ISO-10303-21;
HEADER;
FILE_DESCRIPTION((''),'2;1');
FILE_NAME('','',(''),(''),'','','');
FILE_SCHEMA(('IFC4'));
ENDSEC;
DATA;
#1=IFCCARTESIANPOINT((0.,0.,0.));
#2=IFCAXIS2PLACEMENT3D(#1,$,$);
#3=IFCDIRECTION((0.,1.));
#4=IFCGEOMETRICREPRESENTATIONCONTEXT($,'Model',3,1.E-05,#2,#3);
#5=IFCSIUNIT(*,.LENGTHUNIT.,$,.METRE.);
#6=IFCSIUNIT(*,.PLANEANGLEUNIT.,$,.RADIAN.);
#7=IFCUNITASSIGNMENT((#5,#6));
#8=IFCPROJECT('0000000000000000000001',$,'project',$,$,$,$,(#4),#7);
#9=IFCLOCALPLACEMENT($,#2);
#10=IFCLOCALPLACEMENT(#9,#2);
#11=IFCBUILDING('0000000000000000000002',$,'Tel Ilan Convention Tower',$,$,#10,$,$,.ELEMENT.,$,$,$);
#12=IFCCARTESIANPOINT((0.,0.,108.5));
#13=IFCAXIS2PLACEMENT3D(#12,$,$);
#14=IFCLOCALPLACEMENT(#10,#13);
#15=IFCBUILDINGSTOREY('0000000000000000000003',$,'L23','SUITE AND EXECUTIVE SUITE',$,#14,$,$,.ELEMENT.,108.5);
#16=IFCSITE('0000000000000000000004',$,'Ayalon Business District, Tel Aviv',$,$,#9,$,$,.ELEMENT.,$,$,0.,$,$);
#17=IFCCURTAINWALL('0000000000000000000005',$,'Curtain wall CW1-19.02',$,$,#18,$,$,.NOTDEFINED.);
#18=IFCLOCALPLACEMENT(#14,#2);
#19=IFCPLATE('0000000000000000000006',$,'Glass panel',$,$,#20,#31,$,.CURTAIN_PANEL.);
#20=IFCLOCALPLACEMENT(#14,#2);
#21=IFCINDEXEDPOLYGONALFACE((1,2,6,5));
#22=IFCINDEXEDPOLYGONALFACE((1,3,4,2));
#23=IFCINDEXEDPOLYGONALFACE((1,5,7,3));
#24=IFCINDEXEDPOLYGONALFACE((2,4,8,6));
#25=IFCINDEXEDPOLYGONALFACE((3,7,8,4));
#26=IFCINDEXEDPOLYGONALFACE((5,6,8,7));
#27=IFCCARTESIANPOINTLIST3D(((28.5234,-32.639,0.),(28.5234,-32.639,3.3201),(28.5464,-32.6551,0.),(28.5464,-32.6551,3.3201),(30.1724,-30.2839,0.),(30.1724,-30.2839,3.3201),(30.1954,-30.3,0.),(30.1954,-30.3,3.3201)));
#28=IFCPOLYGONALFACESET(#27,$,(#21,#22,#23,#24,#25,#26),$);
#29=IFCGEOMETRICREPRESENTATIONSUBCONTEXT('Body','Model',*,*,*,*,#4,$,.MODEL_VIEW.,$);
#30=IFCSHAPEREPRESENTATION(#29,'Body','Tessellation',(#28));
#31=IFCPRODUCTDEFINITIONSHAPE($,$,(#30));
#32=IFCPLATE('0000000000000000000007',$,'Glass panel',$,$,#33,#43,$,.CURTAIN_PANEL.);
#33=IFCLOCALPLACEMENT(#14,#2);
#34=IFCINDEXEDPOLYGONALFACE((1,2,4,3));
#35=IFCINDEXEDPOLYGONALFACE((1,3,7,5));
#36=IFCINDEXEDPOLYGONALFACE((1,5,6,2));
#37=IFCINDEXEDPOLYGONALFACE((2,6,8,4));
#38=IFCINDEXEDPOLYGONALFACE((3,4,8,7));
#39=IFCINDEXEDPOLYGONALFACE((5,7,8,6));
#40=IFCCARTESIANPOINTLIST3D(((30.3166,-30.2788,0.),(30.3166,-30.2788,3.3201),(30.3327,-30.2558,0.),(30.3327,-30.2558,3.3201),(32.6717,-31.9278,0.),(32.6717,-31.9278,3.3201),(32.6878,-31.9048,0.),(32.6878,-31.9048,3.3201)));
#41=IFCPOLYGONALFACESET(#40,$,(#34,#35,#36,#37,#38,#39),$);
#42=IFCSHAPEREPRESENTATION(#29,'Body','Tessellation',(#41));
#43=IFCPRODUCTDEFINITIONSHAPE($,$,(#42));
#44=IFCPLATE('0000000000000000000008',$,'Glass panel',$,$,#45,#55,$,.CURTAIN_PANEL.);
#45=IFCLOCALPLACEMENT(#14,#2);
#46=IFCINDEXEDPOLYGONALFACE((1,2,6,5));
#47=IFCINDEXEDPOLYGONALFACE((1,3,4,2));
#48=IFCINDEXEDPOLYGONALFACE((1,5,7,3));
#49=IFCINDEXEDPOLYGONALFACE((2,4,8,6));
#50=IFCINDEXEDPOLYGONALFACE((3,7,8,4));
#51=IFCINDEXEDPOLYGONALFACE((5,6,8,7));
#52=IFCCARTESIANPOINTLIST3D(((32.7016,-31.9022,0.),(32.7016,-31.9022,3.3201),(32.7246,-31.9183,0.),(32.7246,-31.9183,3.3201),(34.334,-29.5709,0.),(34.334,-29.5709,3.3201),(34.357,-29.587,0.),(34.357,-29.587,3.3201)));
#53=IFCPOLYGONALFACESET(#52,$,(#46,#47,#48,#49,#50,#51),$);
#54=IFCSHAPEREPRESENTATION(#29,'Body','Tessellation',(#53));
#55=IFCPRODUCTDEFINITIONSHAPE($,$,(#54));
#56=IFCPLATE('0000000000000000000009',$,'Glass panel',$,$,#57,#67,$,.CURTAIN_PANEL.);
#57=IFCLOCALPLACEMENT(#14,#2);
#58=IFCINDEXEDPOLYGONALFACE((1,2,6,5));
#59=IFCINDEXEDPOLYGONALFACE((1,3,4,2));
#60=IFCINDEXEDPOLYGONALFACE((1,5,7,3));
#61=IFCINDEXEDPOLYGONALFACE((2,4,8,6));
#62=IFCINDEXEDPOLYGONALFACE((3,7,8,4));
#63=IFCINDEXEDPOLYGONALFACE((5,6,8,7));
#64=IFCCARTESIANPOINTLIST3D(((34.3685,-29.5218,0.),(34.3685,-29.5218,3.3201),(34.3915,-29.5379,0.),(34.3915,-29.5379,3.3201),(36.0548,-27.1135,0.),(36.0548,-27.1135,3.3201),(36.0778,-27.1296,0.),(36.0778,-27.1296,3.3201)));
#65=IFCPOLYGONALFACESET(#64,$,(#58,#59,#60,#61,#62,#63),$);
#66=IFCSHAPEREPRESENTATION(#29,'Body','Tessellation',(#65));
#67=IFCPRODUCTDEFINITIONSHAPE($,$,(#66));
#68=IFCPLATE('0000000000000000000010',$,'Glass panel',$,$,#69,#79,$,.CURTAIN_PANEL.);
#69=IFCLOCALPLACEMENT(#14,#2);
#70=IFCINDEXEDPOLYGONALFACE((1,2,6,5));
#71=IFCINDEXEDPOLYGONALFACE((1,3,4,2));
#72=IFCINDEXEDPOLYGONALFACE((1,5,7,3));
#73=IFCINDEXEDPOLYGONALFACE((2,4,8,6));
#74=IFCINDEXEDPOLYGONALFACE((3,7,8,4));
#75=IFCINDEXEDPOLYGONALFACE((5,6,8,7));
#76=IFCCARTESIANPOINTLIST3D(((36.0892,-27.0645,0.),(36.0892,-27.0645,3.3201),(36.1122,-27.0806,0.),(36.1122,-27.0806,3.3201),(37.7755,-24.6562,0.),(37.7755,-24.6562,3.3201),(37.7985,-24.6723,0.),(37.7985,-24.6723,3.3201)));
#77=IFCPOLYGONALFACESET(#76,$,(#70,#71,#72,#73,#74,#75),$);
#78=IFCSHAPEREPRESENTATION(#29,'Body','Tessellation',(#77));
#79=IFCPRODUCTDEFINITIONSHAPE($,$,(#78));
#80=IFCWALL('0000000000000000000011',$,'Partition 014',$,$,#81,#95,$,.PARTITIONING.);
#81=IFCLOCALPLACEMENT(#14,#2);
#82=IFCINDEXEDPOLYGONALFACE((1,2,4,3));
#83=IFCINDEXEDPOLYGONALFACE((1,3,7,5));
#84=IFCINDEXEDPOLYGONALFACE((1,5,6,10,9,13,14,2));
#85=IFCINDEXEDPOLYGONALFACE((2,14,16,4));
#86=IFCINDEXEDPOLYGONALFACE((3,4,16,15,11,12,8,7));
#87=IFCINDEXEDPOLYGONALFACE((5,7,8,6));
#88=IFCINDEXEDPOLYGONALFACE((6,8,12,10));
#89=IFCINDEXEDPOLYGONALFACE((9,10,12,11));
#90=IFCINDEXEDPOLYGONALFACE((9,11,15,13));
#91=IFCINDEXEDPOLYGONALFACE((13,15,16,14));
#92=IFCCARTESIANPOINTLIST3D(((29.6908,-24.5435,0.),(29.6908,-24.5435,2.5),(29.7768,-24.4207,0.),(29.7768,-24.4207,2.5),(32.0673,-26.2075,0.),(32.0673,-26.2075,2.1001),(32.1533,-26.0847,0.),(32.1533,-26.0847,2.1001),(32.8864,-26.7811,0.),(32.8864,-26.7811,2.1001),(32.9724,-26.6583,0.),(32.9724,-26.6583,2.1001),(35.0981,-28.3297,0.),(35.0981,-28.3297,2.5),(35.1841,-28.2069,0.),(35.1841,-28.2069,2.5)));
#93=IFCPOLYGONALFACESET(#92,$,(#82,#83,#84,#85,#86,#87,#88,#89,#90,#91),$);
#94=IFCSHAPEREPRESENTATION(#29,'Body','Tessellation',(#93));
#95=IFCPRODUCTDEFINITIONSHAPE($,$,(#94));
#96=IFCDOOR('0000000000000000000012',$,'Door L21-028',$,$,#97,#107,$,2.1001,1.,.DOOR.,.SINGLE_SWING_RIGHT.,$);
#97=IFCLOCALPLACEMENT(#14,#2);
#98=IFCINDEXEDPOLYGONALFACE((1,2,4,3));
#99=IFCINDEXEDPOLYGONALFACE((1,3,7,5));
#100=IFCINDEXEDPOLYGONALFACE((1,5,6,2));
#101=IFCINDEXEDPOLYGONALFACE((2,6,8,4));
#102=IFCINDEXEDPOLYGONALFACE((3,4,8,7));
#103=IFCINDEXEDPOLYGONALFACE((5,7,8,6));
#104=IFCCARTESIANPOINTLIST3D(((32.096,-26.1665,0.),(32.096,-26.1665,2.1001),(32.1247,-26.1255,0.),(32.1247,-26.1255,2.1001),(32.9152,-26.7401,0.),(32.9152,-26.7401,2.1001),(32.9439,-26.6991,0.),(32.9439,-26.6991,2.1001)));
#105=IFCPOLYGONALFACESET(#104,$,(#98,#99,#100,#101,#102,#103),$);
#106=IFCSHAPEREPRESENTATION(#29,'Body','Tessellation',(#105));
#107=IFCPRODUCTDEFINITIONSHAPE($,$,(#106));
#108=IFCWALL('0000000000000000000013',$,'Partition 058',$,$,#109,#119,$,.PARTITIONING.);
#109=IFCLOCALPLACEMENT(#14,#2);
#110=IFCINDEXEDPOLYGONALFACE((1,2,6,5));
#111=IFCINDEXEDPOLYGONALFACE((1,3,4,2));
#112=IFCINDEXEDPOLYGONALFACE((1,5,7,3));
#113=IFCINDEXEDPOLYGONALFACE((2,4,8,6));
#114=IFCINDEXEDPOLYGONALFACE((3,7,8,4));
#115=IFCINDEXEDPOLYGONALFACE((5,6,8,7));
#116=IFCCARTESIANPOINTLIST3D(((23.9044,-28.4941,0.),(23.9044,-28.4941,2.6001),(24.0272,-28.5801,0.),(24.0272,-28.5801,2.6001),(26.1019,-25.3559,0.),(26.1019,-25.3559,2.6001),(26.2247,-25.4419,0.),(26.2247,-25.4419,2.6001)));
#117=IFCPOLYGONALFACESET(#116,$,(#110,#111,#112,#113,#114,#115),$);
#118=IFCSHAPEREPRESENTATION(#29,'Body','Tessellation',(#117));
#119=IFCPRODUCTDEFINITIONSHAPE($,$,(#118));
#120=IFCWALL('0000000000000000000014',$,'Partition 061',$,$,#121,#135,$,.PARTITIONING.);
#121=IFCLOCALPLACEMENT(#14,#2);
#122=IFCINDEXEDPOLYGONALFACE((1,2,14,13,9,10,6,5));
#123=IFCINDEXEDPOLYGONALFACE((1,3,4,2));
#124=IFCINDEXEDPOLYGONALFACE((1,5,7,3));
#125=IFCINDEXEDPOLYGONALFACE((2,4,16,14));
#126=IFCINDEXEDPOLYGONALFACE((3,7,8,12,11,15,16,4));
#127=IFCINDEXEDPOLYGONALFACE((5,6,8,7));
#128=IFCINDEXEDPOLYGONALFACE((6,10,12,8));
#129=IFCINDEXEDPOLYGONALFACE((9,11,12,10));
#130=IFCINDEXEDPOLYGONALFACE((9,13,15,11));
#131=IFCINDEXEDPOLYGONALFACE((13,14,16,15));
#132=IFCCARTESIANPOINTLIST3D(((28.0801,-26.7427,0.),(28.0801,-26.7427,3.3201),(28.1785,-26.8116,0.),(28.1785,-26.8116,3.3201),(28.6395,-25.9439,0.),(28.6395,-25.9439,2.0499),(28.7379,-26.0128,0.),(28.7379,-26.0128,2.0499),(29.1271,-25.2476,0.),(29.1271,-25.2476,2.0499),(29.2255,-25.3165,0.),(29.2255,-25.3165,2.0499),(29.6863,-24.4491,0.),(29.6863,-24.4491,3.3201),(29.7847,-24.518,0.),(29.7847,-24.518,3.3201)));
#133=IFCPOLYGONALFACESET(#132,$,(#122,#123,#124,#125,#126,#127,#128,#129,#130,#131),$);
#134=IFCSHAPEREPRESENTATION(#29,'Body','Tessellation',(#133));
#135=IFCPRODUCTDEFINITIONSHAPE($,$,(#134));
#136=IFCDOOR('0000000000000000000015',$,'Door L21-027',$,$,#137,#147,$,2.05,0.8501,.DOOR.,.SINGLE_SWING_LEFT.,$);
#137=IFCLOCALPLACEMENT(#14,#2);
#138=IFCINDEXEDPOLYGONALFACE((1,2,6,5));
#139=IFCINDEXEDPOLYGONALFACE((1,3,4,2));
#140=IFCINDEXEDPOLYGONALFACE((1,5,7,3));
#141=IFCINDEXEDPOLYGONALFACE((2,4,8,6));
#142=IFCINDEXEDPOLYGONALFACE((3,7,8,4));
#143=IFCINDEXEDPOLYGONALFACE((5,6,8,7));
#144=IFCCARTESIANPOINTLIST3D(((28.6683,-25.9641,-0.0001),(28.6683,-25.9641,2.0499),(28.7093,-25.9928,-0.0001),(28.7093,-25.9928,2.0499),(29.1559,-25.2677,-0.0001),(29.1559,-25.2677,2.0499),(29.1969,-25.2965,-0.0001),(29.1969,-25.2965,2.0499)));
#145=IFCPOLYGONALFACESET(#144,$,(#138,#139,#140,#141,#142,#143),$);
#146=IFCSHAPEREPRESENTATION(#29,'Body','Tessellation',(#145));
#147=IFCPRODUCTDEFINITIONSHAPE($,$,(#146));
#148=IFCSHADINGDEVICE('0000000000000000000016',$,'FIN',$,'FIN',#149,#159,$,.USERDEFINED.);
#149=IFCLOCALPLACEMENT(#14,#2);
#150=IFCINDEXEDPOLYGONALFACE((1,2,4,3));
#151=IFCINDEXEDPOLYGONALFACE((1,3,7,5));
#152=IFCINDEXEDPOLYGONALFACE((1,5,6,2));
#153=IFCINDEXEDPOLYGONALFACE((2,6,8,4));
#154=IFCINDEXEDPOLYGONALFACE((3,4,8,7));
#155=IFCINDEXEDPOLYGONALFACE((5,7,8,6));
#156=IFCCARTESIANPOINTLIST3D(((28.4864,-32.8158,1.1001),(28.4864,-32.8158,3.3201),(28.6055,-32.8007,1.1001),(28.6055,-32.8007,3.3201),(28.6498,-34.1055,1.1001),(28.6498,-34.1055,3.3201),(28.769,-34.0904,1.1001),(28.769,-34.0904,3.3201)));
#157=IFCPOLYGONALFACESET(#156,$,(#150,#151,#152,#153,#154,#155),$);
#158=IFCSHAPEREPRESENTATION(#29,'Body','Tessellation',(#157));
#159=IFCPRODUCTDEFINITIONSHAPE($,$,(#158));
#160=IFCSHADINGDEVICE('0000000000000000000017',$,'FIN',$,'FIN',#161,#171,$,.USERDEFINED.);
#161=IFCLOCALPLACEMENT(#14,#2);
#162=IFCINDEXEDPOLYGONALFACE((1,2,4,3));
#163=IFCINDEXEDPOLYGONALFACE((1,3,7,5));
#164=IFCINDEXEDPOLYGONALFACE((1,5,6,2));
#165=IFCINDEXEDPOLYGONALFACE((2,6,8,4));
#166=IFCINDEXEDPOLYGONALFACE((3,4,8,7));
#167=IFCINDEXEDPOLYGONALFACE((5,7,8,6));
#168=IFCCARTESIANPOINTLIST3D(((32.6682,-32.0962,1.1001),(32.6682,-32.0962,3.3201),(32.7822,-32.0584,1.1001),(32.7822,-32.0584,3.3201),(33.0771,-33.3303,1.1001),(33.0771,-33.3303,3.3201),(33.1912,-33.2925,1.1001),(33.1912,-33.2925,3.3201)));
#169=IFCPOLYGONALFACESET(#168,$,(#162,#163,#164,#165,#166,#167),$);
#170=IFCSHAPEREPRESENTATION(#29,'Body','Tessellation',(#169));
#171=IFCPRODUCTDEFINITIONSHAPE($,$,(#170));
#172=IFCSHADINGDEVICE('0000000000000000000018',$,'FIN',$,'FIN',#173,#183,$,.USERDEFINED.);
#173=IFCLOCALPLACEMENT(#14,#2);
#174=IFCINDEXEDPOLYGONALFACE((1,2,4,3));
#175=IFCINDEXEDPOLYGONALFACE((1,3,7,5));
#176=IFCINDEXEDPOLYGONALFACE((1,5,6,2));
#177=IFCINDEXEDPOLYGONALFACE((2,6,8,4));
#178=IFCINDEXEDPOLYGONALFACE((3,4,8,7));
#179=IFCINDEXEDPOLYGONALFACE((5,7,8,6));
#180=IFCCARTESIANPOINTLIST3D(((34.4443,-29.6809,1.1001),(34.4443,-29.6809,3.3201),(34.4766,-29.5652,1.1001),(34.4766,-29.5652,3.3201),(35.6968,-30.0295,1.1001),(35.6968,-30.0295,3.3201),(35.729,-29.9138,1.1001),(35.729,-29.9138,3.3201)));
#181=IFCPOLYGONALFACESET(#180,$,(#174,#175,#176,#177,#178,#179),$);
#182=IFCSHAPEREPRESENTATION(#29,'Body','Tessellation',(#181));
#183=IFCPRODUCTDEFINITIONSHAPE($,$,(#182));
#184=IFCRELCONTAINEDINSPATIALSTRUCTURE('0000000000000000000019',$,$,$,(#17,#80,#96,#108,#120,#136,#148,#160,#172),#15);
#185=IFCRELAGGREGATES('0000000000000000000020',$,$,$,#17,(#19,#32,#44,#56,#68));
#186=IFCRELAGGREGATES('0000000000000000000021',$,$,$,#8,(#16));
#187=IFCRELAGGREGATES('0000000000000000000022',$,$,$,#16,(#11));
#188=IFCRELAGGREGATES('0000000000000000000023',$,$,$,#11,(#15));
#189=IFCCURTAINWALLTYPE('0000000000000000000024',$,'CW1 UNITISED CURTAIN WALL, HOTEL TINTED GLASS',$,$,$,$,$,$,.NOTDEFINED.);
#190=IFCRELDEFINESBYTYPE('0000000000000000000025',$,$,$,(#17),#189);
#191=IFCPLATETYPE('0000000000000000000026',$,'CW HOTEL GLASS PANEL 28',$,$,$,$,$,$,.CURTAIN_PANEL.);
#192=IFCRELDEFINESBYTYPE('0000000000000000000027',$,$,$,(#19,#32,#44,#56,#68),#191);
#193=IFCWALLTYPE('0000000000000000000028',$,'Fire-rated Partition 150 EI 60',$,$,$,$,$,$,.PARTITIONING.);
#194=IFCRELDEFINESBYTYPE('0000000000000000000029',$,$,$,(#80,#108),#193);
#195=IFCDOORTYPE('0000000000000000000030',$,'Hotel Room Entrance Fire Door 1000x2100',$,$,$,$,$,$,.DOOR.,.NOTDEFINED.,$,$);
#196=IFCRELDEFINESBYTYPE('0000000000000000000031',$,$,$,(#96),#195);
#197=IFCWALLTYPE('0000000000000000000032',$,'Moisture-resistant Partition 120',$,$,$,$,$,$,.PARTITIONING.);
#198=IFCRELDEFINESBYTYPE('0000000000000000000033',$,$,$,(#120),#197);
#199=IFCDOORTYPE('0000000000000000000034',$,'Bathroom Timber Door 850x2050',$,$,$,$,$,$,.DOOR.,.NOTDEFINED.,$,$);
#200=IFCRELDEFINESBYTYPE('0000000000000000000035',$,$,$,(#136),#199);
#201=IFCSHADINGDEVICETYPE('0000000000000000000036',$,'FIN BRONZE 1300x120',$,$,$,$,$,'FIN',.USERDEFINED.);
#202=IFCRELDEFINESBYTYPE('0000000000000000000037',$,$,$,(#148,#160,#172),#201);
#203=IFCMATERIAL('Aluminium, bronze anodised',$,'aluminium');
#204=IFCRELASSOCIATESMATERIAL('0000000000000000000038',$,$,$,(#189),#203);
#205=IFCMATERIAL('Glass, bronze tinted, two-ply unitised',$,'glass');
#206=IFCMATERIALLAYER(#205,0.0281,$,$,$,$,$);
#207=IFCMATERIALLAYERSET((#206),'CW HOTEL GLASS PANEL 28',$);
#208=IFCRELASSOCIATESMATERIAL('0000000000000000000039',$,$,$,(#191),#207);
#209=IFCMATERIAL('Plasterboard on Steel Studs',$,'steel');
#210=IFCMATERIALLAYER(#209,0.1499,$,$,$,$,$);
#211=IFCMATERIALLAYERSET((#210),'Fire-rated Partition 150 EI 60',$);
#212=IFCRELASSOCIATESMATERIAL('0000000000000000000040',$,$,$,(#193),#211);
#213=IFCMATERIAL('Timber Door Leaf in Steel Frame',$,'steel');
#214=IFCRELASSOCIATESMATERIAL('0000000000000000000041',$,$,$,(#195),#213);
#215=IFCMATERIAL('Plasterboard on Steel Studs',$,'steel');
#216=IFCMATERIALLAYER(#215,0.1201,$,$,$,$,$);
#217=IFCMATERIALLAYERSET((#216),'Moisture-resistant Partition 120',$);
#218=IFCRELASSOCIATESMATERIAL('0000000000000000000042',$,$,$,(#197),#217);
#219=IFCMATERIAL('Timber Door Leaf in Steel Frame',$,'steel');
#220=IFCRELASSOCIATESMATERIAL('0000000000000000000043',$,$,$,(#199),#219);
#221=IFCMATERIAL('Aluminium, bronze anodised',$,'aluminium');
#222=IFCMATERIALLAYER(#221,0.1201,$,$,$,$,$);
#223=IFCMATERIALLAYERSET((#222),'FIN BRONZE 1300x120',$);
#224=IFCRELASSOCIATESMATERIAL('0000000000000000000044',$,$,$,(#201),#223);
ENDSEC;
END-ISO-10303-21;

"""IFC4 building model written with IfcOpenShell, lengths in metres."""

from ifc_helpers import new_model, si_unit, direction, frame, frame_2d, origin, origin_2d, place, context, subcontext, project, spatial, rectangle, extrude, material, layer, layer_set, type_object, element, fill, aggregate, save


model = new_model("IFC4")

# Units and contexts
model_context = context("Model", 3, precision=1e-05, world=origin(), true_north=direction((0.0, 1.0)))
body_context = subcontext(model_context, "Body", "Model", "MODEL_VIEW")
ifc_project = project(units=[si_unit("LENGTHUNIT", "METRE"), si_unit("PLANEANGLEUNIT", "RADIAN")], contexts=[model_context])

# Site, building, storey
site_placement = place(None, origin())
site = spatial("IfcSite", under=ifc_project, at=site_placement, Name="Ayalon Business District, Tel Aviv", CompositionType="ELEMENT", RefElevation=0.0)
building_placement = place(site_placement, origin())
building = spatial("IfcBuilding", under=site, at=building_placement, Name="Tel Ilan Convention Tower", CompositionType="ELEMENT")
storey_placement = place(building_placement, frame((0.0, 0.0, 108.5)))
storey = spatial("IfcBuildingStorey", under=building, at=storey_placement, Name="L23", Description="SUITE AND EXECUTIVE SUITE", CompositionType="ELEMENT", Elevation=108.5)

# Curtain wall, plates
ifc_material_1 = material(Name="Aluminium, bronze anodised", Category="aluminium")
curtain_wall_type = type_object("IfcCurtainWallType", Name="CW1 UNITISED CURTAIN WALL, HOTEL TINTED GLASS", PredefinedType="NOTDEFINED", material=ifc_material_1)
curtain_wall_placement = place(storey_placement, origin())
curtain_wall = element("IfcCurtainWall", 1, at=curtain_wall_placement, inside=storey, type_object=curtain_wall_type, Name="Curtain wall CW1-19.02", PredefinedType="NOTDEFINED")
ifc_material_2 = material(Name="Glass, bronze tinted, two-ply unitised", Category="glass")
ifc_layer_1 = layer(ifc_material_2, 0.0281)
ifc_layer_set_1 = layer_set([ifc_layer_1], Name="CW HOTEL GLASS PANEL 28")
plate_type = type_object("IfcPlateType", Name="CW HOTEL GLASS PANEL 28", PredefinedType="CURTAIN_PANEL", material=ifc_layer_set_1)
plate_1_placement = place(storey_placement, frame((29.3594, -31.4695, 0.0), z_axis=(0.0, 0.0, 1.0), x_axis=(0.573576, 0.819152, 0.0)))
plate_1 = element("IfcPlate", 2, at=plate_1_placement, type_object=plate_type, Name="Glass panel", PredefinedType="CURTAIN_PANEL", context=body_context, shape_type="SweptSolid", body=[
    extrude(rectangle(XDim=2.875, YDim=0.0281, at=origin_2d()), origin(), (0.0, 0.0, 1.0), 3.3201),
])
plate_2_placement = place(storey_placement, frame((31.5022, -31.0918, 0.0), z_axis=(0.0, 0.0, 1.0), x_axis=(0.819152, -0.573576, 0.0)))
plate_2 = element("IfcPlate", 3, at=plate_2_placement, type_object=plate_type, Name="Glass panel", PredefinedType="CURTAIN_PANEL", context=body_context, shape_type="SweptSolid", body=[
    extrude(rectangle(XDim=2.875, YDim=0.0281, at=origin_2d()), origin(), (0.0, 0.0, 1.0), 3.3201),
])
plate_3_placement = place(storey_placement, frame((33.5293, -30.7446, 0.0), z_axis=(0.0, 0.0, 1.0), x_axis=(0.573576, 0.819152, 0.0)))
plate_3 = element("IfcPlate", 4, at=plate_3_placement, type_object=plate_type, Name="Glass panel", PredefinedType="CURTAIN_PANEL", context=body_context, shape_type="SweptSolid", body=[
    extrude(rectangle(XDim=2.8459, YDim=0.0281, at=origin_2d()), origin(), (0.0, 0.0, 1.0), 3.3201),
])
plate_4_placement = place(storey_placement, frame((35.2231, -28.3257, 0.0), z_axis=(0.0, 0.0, 1.0), x_axis=(0.573576, 0.819152, 0.0)))
plate_4 = element("IfcPlate", 5, at=plate_4_placement, type_object=plate_type, Name="Glass panel", PredefinedType="CURTAIN_PANEL", context=body_context, shape_type="SweptSolid", body=[
    extrude(rectangle(XDim=2.9399, YDim=0.0281, at=origin_2d()), origin(), (0.0, 0.0, 1.0), 3.3201),
])
plate_5_placement = place(storey_placement, frame((36.9438, -25.8684, 0.0), z_axis=(0.0, 0.0, 1.0), x_axis=(0.573576, 0.819152, 0.0)))
plate_5 = element("IfcPlate", 6, at=plate_5_placement, type_object=plate_type, Name="Glass panel", PredefinedType="CURTAIN_PANEL", context=body_context, shape_type="SweptSolid", body=[
    extrude(rectangle(XDim=2.9399, YDim=0.0281, at=origin_2d()), origin(), (0.0, 0.0, 1.0), 3.3201),
])
aggregate(curtain_wall, [plate_1, plate_2, plate_3, plate_4, plate_5])

# Wall, opening, door
ifc_material_3 = material(Name="Plasterboard on Steel Studs", Category="steel")
ifc_layer_2 = layer(ifc_material_3, 0.1499)
ifc_layer_set_2 = layer_set([ifc_layer_2], Name="Fire-rated Partition 150 EI 60")
wall_type_1 = type_object("IfcWallType", Name="Fire-rated Partition 150 EI 60", PredefinedType="PARTITIONING", material=ifc_layer_set_2)
wall_1_placement = place(storey_placement, frame((35.1411, -28.2683, 0.0), z_axis=(0.0, 0.0, 1.0), x_axis=(-0.819155, 0.573572, 0.0)))
wall_1 = element("IfcWall", 7, at=wall_1_placement, inside=storey, type_object=wall_type_1, Name="Partition 014", PredefinedType="PARTITIONING", context=body_context, shape_type="SweptSolid", body=[
    extrude(rectangle(XDim=6.6011, YDim=0.1499, at=frame_2d((3.3005, 0.0))), origin(), (0.0, 0.0, 1.0), 2.5),
])
opening_1_placement = place(wall_1_placement, frame((2.7, 0.0, 0.0)))
opening_1 = element("IfcOpeningElement", 8, at=opening_1_placement, cuts=wall_1, PredefinedType="OPENING", context=body_context, shape_type="SweptSolid", body=[
    extrude(rectangle(XDim=1.0, YDim=2.1001, at=frame_2d((0.5, 1.05))), frame((0.0, 0.085, 0.0), z_axis=(0.0, -1.0, 0.0), x_axis=(1.0, 0.0, 0.0)), (0.0, 0.0, 1.0), 0.1699),
])
ifc_material_4 = material(Name="Timber Door Leaf in Steel Frame", Category="steel")
door_type_1 = type_object("IfcDoorType", Name="Hotel Room Entrance Fire Door 1000x2100", OperationType="NOTDEFINED", PredefinedType="DOOR", material=ifc_material_4)
door_1_placement = place(opening_1_placement, origin())
door_1 = element("IfcDoor", 9, at=door_1_placement, inside=storey, type_object=door_type_1, Name="Door L21-028", OperationType="SINGLE_SWING_RIGHT", OverallHeight=2.1001, OverallWidth=1.0, PredefinedType="DOOR", context=body_context, shape_type="SweptSolid", body=[
    extrude(rectangle(XDim=1.0, YDim=2.1001, at=frame_2d((0.5, 1.05))), frame((0.0, 0.0249, 0.0), z_axis=(0.0, -1.0, 0.0), x_axis=(1.0, 0.0, 0.0)), (0.0, 0.0, 1.0), 0.05),
])
fill(opening_1, door_1)

# Wall
wall_2_placement = place(storey_placement, frame((26.1633, -25.3989, 0.0), z_axis=(0.0, 0.0, 1.0), x_axis=(-0.573599, -0.819136, 0.0)))
element("IfcWall", 10, at=wall_2_placement, inside=storey, type_object=wall_type_1, Name="Partition 058", PredefinedType="PARTITIONING", context=body_context, shape_type="SweptSolid", body=[
    extrude(rectangle(XDim=3.8311, YDim=0.1499, at=frame_2d((1.9155, 0.0))), origin(), (0.0, 0.0, 1.0), 2.6001),
])

# Wall, opening, door
ifc_material_5 = material(Name="Plasterboard on Steel Studs", Category="steel")
ifc_layer_3 = layer(ifc_material_5, 0.1201)
ifc_layer_set_3 = layer_set([ifc_layer_3], Name="Moisture-resistant Partition 120")
wall_type_2 = type_object("IfcWallType", Name="Moisture-resistant Partition 120", PredefinedType="PARTITIONING", material=ifc_layer_set_3)
wall_3_placement = place(storey_placement, frame((28.1294, -26.7771, 0.0), z_axis=(0.0, 0.0, 1.0), x_axis=(0.573609, 0.81913, 0.0)))
wall_3 = element("IfcWall", 11, at=wall_3_placement, inside=storey, type_object=wall_type_2, Name="Partition 061", PredefinedType="PARTITIONING", context=body_context, shape_type="SweptSolid", body=[
    extrude(rectangle(XDim=2.8, YDim=0.1201, at=frame_2d((1.3999, 0.0))), origin(), (0.0, 0.0, 1.0), 3.3201),
])
opening_2_placement = place(wall_3_placement, frame((0.9751, 0.0, 0.0)))
opening_2 = element("IfcOpeningElement", 12, at=opening_2_placement, cuts=wall_3, PredefinedType="OPENING", context=body_context, shape_type="SweptSolid", body=[
    extrude(rectangle(XDim=0.8501, YDim=2.05, at=frame_2d((0.425, 1.0249))), frame((0.0, 0.0701, 0.0), z_axis=(0.0, -1.0, 0.0), x_axis=(1.0, 0.0, 0.0)), (0.0, 0.0, 1.0), 0.1401),
])
ifc_material_6 = material(Name="Timber Door Leaf in Steel Frame", Category="steel")
door_type_2 = type_object("IfcDoorType", Name="Bathroom Timber Door 850x2050", OperationType="NOTDEFINED", PredefinedType="DOOR", material=ifc_material_6)
door_2_placement = place(opening_2_placement, origin())
door_2 = element("IfcDoor", 13, at=door_2_placement, inside=storey, type_object=door_type_2, Name="Door L21-027", OperationType="SINGLE_SWING_LEFT", OverallHeight=2.05, OverallWidth=0.8501, PredefinedType="DOOR", context=body_context, shape_type="SweptSolid", body=[
    extrude(rectangle(XDim=0.8501, YDim=2.05, at=frame_2d((0.425, 1.0249))), frame((0.0, 0.0249, 0.0), z_axis=(0.0, -1.0, 0.0), x_axis=(1.0, 0.0, 0.0)), (0.0, 0.0, 1.0), 0.05),
])
fill(opening_2, door_2)

# Shading devices
ifc_material_7 = material(Name="Aluminium, bronze anodised", Category="aluminium")
ifc_layer_4 = layer(ifc_material_7, 0.1201)
ifc_layer_set_4 = layer_set([ifc_layer_4], Name="FIN BRONZE 1300x120")
shading_device_type = type_object("IfcShadingDeviceType", Name="FIN BRONZE 1300x120", ElementType="FIN", PredefinedType="USERDEFINED", material=ifc_layer_set_4)
for number, where, z_axis, x_axis, name in (
    (14, (28.6277, -33.4531, 1.1001), (0.0, 0.0, 1.0), (0.125718, -0.992066, 0.0), "FIN"),
    (15, (32.9297, -32.6943, 1.1001), (0.0, 0.0, 1.0), (0.314545, -0.949243, 0.0), "FIN"),
    (16, (35.0867, -29.7974, 1.1001), (0.0, 0.0, 1.0), (0.963371, -0.268173, 0.0), "FIN"),
):
    element("IfcShadingDevice", number, at=place(storey_placement, frame(where, z_axis=z_axis, x_axis=x_axis)), inside=storey, type_object=shading_device_type, Name=name, ObjectType="FIN", PredefinedType="USERDEFINED", context=body_context, shape_type="SweptSolid", body=[
        extrude(rectangle(XDim=1.3, YDim=0.1201, at=origin_2d()), origin(), (0.0, 0.0, 1.0), 2.22),
    ])

save(model, "model.ifc")
